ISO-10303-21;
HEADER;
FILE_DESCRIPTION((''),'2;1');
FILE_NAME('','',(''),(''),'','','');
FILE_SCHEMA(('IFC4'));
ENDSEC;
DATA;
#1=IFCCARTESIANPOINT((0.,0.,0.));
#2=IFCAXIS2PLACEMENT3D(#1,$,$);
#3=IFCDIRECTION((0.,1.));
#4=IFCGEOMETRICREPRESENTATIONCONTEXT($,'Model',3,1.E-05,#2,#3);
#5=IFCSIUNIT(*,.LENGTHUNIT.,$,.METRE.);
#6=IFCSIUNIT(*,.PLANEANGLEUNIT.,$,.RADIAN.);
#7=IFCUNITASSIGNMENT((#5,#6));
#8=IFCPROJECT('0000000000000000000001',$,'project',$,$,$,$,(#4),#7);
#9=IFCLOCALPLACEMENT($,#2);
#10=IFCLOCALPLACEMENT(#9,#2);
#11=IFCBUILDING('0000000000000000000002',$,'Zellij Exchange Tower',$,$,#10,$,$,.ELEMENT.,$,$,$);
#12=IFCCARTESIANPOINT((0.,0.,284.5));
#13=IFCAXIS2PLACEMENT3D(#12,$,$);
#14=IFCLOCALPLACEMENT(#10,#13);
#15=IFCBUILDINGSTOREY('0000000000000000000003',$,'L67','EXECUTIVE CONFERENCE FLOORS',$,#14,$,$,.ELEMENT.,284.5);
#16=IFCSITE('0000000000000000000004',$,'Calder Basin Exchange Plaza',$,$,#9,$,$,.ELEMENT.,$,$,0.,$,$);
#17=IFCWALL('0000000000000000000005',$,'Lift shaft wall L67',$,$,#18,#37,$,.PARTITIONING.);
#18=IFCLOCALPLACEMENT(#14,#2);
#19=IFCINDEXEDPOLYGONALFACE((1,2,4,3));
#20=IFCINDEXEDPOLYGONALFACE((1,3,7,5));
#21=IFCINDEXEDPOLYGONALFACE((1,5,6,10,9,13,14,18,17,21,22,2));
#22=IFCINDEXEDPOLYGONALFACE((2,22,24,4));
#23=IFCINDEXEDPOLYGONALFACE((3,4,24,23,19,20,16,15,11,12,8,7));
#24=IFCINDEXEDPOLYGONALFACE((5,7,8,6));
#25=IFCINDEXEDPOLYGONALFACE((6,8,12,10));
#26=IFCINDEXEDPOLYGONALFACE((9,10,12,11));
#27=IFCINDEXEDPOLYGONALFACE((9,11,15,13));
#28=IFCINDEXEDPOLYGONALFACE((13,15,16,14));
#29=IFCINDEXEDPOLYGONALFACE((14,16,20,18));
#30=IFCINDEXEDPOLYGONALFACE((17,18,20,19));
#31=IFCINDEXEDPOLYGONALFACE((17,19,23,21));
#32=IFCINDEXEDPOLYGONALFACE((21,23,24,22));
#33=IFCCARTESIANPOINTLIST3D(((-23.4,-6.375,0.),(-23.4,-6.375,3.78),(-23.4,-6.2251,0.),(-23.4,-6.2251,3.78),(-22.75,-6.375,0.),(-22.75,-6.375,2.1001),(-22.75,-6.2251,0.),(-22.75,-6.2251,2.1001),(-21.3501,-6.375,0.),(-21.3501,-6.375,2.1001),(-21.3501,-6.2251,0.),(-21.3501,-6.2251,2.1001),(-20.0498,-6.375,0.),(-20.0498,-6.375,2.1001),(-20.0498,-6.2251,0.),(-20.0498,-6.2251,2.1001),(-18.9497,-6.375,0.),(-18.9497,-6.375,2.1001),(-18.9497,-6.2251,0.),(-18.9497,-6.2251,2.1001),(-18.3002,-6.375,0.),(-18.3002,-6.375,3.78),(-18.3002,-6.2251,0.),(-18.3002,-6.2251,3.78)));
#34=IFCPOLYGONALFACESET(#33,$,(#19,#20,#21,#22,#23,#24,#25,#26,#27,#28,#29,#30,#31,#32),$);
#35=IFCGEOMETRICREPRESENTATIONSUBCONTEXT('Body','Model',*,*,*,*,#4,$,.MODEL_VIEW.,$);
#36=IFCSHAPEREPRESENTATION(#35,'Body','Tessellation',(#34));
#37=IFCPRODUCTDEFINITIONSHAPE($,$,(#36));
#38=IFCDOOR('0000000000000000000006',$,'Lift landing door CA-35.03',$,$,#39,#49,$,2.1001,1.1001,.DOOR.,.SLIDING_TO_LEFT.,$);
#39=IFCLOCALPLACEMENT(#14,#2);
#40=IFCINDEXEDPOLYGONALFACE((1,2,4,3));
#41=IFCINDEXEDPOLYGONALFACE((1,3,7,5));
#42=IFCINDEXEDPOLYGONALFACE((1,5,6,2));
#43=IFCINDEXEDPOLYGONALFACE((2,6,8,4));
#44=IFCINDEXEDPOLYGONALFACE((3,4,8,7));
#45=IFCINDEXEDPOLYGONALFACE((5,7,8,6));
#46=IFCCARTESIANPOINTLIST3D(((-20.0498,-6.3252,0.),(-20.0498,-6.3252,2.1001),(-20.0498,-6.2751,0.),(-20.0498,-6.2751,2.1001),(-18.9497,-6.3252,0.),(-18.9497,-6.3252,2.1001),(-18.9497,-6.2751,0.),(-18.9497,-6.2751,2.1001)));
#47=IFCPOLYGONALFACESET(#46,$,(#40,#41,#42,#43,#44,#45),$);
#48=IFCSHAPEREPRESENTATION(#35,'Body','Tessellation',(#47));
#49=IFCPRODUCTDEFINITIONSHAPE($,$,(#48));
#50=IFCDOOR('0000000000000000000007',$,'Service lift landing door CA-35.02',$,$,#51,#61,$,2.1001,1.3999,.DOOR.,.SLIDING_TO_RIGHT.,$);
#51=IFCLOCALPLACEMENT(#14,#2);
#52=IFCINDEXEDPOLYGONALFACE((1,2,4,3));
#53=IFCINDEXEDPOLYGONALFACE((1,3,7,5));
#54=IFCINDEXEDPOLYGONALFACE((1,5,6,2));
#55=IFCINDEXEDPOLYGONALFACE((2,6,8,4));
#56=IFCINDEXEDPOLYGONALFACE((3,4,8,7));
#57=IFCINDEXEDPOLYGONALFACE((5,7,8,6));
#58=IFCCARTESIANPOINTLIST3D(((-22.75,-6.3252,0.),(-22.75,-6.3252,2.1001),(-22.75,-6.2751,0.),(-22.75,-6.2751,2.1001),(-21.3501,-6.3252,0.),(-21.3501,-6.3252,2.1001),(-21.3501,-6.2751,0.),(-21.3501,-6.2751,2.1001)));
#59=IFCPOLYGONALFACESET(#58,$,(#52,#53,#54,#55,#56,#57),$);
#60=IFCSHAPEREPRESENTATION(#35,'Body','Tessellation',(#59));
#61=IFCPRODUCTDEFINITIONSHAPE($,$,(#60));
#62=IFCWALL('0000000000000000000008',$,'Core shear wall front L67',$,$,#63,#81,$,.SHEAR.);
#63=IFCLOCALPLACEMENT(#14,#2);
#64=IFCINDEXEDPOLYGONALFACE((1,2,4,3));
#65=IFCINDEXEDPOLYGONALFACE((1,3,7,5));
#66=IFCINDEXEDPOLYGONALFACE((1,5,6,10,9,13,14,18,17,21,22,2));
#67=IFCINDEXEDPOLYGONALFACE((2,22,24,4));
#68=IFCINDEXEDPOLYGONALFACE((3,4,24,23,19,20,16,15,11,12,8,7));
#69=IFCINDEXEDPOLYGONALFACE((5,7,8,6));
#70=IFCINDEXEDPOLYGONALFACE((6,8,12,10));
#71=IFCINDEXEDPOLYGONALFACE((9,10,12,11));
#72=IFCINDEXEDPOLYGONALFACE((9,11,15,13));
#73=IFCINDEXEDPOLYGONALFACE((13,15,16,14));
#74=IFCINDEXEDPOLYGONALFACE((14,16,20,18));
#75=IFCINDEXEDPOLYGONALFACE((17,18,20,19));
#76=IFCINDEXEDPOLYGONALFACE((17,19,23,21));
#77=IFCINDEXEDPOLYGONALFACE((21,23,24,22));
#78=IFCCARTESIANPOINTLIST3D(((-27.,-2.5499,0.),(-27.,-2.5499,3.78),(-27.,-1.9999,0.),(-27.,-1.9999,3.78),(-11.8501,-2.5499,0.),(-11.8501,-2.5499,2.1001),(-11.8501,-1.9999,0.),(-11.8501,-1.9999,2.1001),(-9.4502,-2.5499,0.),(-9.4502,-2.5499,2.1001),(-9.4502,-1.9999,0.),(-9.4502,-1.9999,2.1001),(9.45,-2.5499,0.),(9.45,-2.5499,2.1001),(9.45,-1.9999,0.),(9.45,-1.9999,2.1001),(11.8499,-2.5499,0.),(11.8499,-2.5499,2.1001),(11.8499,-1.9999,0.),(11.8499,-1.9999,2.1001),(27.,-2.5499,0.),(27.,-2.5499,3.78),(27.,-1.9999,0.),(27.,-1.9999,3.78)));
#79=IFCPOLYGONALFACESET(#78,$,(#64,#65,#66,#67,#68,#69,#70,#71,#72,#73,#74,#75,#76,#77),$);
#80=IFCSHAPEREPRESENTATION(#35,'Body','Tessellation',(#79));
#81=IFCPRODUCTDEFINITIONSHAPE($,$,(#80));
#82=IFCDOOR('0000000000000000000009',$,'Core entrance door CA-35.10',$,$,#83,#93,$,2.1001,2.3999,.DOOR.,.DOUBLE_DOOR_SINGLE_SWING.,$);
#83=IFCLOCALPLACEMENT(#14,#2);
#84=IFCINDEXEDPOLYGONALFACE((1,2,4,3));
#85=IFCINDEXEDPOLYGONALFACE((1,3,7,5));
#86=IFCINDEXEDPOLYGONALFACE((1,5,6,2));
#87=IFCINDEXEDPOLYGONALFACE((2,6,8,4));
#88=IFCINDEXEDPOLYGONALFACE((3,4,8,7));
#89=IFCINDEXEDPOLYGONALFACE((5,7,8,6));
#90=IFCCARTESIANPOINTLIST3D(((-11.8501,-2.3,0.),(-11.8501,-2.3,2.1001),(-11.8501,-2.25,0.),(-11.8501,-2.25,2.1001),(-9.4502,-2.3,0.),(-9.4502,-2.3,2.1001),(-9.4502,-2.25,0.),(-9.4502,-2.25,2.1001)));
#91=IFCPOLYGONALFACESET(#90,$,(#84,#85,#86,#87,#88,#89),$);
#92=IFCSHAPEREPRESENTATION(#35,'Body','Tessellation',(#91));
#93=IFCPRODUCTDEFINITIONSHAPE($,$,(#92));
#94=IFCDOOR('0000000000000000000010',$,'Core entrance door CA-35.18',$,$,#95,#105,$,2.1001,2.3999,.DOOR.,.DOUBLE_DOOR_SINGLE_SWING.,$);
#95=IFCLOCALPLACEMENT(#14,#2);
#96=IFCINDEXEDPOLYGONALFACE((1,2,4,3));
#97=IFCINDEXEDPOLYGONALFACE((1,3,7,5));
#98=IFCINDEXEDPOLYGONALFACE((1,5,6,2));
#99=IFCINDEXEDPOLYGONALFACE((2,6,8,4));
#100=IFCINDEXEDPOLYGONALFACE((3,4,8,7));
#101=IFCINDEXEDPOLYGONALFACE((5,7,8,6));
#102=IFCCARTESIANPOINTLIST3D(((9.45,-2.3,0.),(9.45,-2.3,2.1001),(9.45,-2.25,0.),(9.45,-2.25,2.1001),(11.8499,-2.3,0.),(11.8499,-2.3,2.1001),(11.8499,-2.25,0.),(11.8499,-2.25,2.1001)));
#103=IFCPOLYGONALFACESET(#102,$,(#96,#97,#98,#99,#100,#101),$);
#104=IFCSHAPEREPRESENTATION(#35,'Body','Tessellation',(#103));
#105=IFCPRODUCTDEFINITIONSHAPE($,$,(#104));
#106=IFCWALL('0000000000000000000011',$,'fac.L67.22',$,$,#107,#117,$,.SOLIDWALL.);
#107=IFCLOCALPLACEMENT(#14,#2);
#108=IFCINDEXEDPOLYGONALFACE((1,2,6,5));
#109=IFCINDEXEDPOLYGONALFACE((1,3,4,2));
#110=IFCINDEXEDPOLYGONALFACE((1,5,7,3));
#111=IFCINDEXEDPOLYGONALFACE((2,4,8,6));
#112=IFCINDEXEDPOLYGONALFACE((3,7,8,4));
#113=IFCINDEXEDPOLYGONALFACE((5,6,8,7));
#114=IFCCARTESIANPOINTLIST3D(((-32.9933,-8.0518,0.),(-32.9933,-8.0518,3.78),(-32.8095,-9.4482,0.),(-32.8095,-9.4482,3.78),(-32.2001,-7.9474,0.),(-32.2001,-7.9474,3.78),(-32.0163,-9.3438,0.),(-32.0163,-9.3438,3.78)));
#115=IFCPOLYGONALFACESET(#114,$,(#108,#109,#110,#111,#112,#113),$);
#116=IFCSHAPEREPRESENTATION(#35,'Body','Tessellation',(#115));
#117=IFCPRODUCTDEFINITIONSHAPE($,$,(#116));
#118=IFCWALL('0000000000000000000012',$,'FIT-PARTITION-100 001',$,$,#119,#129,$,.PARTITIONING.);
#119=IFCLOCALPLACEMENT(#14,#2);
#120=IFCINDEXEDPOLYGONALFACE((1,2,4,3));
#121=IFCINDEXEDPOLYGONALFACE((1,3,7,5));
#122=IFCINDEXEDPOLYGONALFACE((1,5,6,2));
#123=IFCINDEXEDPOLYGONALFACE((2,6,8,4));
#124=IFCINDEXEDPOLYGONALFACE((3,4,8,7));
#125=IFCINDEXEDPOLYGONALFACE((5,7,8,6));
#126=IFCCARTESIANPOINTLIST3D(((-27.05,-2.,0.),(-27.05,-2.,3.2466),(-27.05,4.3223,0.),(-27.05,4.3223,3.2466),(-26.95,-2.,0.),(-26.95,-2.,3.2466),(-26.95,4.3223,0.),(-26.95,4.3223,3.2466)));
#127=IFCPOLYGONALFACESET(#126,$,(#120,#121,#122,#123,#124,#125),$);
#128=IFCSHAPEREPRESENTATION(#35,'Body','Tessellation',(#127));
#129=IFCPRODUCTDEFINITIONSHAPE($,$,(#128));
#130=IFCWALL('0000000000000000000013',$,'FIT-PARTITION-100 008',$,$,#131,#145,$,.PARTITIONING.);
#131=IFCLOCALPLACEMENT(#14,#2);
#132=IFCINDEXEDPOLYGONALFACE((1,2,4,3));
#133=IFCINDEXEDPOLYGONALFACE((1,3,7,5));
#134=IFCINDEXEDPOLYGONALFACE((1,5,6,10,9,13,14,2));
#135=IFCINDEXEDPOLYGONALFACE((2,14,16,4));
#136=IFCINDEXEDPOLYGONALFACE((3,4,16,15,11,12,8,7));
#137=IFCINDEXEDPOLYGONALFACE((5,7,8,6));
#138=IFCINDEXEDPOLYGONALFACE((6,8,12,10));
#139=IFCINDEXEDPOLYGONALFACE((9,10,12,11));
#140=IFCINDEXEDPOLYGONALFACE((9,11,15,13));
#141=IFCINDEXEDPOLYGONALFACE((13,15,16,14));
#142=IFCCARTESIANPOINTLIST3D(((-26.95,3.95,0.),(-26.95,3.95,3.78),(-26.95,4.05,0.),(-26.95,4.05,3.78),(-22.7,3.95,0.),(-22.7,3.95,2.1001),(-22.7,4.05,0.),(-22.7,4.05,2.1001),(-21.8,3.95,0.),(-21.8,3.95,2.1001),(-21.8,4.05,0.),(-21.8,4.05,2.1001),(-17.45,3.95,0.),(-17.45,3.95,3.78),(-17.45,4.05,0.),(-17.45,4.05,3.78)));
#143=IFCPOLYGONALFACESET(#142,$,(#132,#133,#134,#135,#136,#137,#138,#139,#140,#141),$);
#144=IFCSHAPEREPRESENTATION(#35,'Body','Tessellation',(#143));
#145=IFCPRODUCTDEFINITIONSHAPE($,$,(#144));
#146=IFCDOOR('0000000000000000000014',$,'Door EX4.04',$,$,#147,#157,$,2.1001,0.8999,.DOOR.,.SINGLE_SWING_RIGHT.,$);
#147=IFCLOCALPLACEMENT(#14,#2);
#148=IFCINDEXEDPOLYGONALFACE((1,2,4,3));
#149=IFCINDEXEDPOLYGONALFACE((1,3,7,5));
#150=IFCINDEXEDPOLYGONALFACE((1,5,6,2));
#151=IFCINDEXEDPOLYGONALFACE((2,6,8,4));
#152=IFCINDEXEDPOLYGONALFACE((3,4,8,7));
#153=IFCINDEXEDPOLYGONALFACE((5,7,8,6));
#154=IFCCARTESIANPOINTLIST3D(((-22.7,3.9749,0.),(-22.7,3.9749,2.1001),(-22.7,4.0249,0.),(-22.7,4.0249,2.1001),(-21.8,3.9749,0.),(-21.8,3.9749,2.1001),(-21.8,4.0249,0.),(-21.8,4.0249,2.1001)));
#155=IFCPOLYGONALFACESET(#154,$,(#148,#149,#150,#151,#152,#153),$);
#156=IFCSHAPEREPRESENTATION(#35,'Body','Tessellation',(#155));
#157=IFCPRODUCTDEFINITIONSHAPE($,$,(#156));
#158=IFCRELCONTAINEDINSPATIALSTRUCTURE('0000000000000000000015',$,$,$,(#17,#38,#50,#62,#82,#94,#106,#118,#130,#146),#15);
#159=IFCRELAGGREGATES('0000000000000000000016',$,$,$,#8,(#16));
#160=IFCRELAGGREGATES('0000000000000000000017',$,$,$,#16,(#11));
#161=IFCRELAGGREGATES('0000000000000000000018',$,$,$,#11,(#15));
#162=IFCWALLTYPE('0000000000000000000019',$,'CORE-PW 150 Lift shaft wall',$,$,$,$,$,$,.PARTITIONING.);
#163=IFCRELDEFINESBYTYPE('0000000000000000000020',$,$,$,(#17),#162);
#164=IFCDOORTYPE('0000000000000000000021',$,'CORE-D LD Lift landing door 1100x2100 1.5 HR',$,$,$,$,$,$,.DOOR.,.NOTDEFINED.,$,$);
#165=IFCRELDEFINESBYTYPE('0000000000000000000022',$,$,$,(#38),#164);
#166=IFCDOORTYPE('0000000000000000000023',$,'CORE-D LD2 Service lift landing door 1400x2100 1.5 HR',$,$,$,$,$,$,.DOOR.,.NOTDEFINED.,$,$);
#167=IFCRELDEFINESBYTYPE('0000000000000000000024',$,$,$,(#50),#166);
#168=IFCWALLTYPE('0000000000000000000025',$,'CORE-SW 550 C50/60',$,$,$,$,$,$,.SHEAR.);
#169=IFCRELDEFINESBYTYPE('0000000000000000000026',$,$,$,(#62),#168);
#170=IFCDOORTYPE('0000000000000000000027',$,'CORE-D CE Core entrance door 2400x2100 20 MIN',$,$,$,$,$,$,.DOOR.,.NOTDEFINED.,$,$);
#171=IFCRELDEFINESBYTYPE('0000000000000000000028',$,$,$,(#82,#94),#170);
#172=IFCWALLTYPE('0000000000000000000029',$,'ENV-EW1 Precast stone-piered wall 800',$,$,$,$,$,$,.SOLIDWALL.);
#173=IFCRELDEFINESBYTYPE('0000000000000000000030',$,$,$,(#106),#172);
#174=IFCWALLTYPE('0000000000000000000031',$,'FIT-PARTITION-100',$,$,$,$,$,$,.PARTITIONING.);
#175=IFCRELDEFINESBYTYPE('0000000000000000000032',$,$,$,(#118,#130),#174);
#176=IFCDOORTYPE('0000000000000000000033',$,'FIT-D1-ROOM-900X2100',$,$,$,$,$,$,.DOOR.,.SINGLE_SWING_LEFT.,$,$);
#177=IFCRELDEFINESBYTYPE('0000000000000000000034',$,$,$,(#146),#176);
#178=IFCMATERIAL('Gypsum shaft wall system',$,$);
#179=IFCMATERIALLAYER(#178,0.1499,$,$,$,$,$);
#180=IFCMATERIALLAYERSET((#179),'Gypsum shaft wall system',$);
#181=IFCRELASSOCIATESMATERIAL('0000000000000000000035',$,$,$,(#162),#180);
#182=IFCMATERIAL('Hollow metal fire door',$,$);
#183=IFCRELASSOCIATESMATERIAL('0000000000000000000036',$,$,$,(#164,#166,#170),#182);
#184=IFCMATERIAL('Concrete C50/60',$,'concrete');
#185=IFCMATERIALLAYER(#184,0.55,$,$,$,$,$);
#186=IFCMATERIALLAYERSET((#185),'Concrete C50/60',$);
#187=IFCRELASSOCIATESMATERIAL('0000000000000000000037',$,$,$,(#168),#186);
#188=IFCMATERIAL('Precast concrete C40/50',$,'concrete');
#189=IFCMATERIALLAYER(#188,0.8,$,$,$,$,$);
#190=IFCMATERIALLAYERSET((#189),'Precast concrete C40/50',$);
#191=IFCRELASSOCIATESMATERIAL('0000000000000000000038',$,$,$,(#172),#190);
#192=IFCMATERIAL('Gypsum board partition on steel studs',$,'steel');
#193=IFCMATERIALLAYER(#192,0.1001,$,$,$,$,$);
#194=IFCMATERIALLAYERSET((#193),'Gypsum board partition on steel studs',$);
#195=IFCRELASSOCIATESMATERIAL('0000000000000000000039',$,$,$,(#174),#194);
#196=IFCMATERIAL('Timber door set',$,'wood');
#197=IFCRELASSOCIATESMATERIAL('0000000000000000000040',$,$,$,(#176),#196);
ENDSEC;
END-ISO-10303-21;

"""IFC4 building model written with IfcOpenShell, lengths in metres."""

from ifc_helpers import new_model, si_unit, direction, frame, frame_2d, origin, place, context, subcontext, project, spatial, rectangle, extrude, material, layer, layer_set, type_object, element, fill, save


model = new_model("IFC4")

# Units and contexts
model_context = context("Model", 3, precision=1e-05, world=origin(), true_north=direction((0.0, 1.0)))
body_context = subcontext(model_context, "Body", "Model", "MODEL_VIEW")
ifc_project = project(units=[si_unit("LENGTHUNIT", "METRE"), si_unit("PLANEANGLEUNIT", "RADIAN")], contexts=[model_context])

# Site, building, storey
site_placement = place(None, origin())
site = spatial("IfcSite", under=ifc_project, at=site_placement, Name="Calder Basin Exchange Plaza", CompositionType="ELEMENT", RefElevation=0.0)
building_placement = place(site_placement, origin())
building = spatial("IfcBuilding", under=site, at=building_placement, Name="Zellij Exchange Tower", CompositionType="ELEMENT")
storey_placement = place(building_placement, frame((0.0, 0.0, 284.5)))
storey = spatial("IfcBuildingStorey", under=building, at=storey_placement, Name="L67", Description="EXECUTIVE CONFERENCE FLOORS", CompositionType="ELEMENT", Elevation=284.5)

# Shared definitions
ifc_material_1 = material(Name="Concrete C50/60", Category="concrete")

# Shared definitions
ifc_material_2 = material(Name="Gypsum shaft wall system")
ifc_layer_1 = layer(ifc_material_2, 0.1499)
ifc_layer_set_1 = layer_set([ifc_layer_1], Name="Gypsum shaft wall system")
wall_type_1 = type_object("IfcWallType", Name="CORE-PW 150 Lift shaft wall", PredefinedType="PARTITIONING", material=ifc_layer_set_1)

# Walls, openings, doors
wall_1_placement = place(storey_placement, frame((-23.3999, -6.3, 0.0), z_axis=(0.0, 0.0, 1.0), x_axis=(1.0, 0.0, 0.0)))
wall_1 = element("IfcWall", 1, at=wall_1_placement, inside=storey, type_object=wall_type_1, Name="Lift shaft wall L67", PredefinedType="PARTITIONING", context=body_context, shape_type="SweptSolid", body=[
    extrude(rectangle(XDim=5.0999, YDim=0.1499, at=frame_2d((2.5498, 0.0))), origin(), (0.0, 0.0, 1.0), 3.78),
])
opening_1_placement = place(wall_1_placement, frame((0.6499, 0.0, 0.0)))
opening_1 = element("IfcOpeningElement", 2, at=opening_1_placement, cuts=wall_1, PredefinedType="OPENING", context=body_context, shape_type="SweptSolid", body=[
    extrude(rectangle(XDim=1.3999, YDim=2.1001, at=frame_2d((0.7, 1.05))), frame((0.0, 0.0869, 0.0), z_axis=(0.0, -1.0, 0.0), x_axis=(1.0, 0.0, 0.0)), (0.0, 0.0, 1.0), 0.1738),
])
opening_2_placement = place(wall_1_placement, frame((3.3501, 0.0, 0.0)))
opening_2 = element("IfcOpeningElement", 3, at=opening_2_placement, cuts=wall_1, PredefinedType="OPENING", context=body_context, shape_type="SweptSolid", body=[
    extrude(rectangle(XDim=1.1001, YDim=2.1001, at=frame_2d((0.55, 1.05))), frame((0.0, 0.0869, 0.0), z_axis=(0.0, -1.0, 0.0), x_axis=(1.0, 0.0, 0.0)), (0.0, 0.0, 1.0), 0.1738),
])
ifc_material_3 = material(Name="Hollow metal fire door")
door_type_1 = type_object("IfcDoorType", Name="CORE-D LD Lift landing door 1100x2100 1.5 HR", OperationType="NOTDEFINED", PredefinedType="DOOR", material=ifc_material_3)
door_1_placement = place(opening_2_placement, origin())
door_1 = element("IfcDoor", 4, at=door_1_placement, inside=storey, type_object=door_type_1, Name="Lift landing door CA-35.03", OperationType="SLIDING_TO_LEFT", OverallHeight=2.1001, OverallWidth=1.1001, PredefinedType="DOOR", context=body_context, shape_type="SweptSolid", body=[
    extrude(rectangle(XDim=1.1001, YDim=2.1001, at=frame_2d((0.55, 1.05))), frame((0.0, 0.0249, 0.0), z_axis=(0.0, -1.0, 0.0), x_axis=(1.0, 0.0, 0.0)), (0.0, 0.0, 1.0), 0.05),
])
fill(opening_2, door_1)
door_type_2 = type_object("IfcDoorType", Name="CORE-D LD2 Service lift landing door 1400x2100 1.5 HR", OperationType="NOTDEFINED", PredefinedType="DOOR", material=ifc_material_3)
door_2_placement = place(opening_1_placement, origin())
door_2 = element("IfcDoor", 5, at=door_2_placement, inside=storey, type_object=door_type_2, Name="Service lift landing door CA-35.02", OperationType="SLIDING_TO_RIGHT", OverallHeight=2.1001, OverallWidth=1.3999, PredefinedType="DOOR", context=body_context, shape_type="SweptSolid", body=[
    extrude(rectangle(XDim=1.3999, YDim=2.1001, at=frame_2d((0.7, 1.05))), frame((0.0, 0.0249, 0.0), z_axis=(0.0, -1.0, 0.0), x_axis=(1.0, 0.0, 0.0)), (0.0, 0.0, 1.0), 0.05),
])
fill(opening_1, door_2)
ifc_layer_2 = layer(ifc_material_1, 0.55)
ifc_layer_set_2 = layer_set([ifc_layer_2], Name="Concrete C50/60")
wall_type_2 = type_object("IfcWallType", Name="CORE-SW 550 C50/60", PredefinedType="SHEAR", material=ifc_layer_set_2)
wall_2_placement = place(storey_placement, frame((-27.0, -2.2749, 0.0), z_axis=(0.0, 0.0, 1.0), x_axis=(1.0, 0.0, 0.0)))
wall_2 = element("IfcWall", 6, at=wall_2_placement, inside=storey, type_object=wall_type_2, Name="Core shear wall front L67", PredefinedType="SHEAR", context=body_context, shape_type="SweptSolid", body=[
    extrude(rectangle(XDim=54.0, YDim=0.55, at=frame_2d((27.0, 0.0))), origin(), (0.0, 0.0, 1.0), 3.78),
])
opening_3_placement = place(wall_2_placement, frame((15.1499, 0.0, 0.0)))
opening_3 = element("IfcOpeningElement", 7, at=opening_3_placement, cuts=wall_2, PredefinedType="OPENING", context=body_context, shape_type="SweptSolid", body=[
    extrude(rectangle(XDim=2.3999, YDim=2.1001, at=frame_2d((1.2, 1.05))), frame((0.0, 0.2871, 0.0), z_axis=(0.0, -1.0, 0.0), x_axis=(1.0, 0.0, 0.0)), (0.0, 0.0, 1.0), 0.574),
])
opening_4_placement = place(wall_2_placement, frame((36.45, 0.0, 0.0)))
opening_4 = element("IfcOpeningElement", 8, at=opening_4_placement, cuts=wall_2, PredefinedType="OPENING", context=body_context, shape_type="SweptSolid", body=[
    extrude(rectangle(XDim=2.3999, YDim=2.1001, at=frame_2d((1.2, 1.05))), frame((0.0, 0.2871, 0.0), z_axis=(0.0, -1.0, 0.0), x_axis=(1.0, 0.0, 0.0)), (0.0, 0.0, 1.0), 0.574),
])
door_type_3 = type_object("IfcDoorType", Name="CORE-D CE Core entrance door 2400x2100 20 MIN", OperationType="NOTDEFINED", PredefinedType="DOOR", material=ifc_material_3)
door_3_placement = place(opening_3_placement, origin())
door_3 = element("IfcDoor", 9, at=door_3_placement, inside=storey, type_object=door_type_3, Name="Core entrance door CA-35.10", OperationType="DOUBLE_DOOR_SINGLE_SWING", OverallHeight=2.1001, OverallWidth=2.3999, PredefinedType="DOOR", context=body_context, shape_type="SweptSolid", body=[
    extrude(rectangle(XDim=2.3999, YDim=2.1001, at=frame_2d((1.2, 1.05))), frame((0.0, 0.0249, 0.0), z_axis=(0.0, -1.0, 0.0), x_axis=(1.0, 0.0, 0.0)), (0.0, 0.0, 1.0), 0.05),
])
fill(opening_3, door_3)
door_4_placement = place(opening_4_placement, origin())
door_4 = element("IfcDoor", 10, at=door_4_placement, inside=storey, type_object=door_type_3, Name="Core entrance door CA-35.18", OperationType="DOUBLE_DOOR_SINGLE_SWING", OverallHeight=2.1001, OverallWidth=2.3999, PredefinedType="DOOR", context=body_context, shape_type="SweptSolid", body=[
    extrude(rectangle(XDim=2.3999, YDim=2.1001, at=frame_2d((1.2, 1.05))), frame((0.0, 0.0249, 0.0), z_axis=(0.0, -1.0, 0.0), x_axis=(1.0, 0.0, 0.0)), (0.0, 0.0, 1.0), 0.05),
])
fill(opening_4, door_4)

# Walls
ifc_material_4 = material(Name="Precast concrete C40/50", Category="concrete")
ifc_layer_3 = layer(ifc_material_4, 0.8)
ifc_layer_set_3 = layer_set([ifc_layer_3], Name="Precast concrete C40/50")
wall_type_3 = type_object("IfcWallType", Name="ENV-EW1 Precast stone-piered wall 800", PredefinedType="SOLIDWALL", material=ifc_layer_set_3)
wall_3_placement = place(storey_placement, frame((-32.5967, -7.9998, 0.0), z_axis=(0.0, 0.0, 1.0), x_axis=(0.130517, -0.991446, 0.0)))
element("IfcWall", 11, at=wall_3_placement, inside=storey, type_object=wall_type_3, Name="fac.L67.22", PredefinedType="SOLIDWALL", context=body_context, shape_type="SweptSolid", body=[
    extrude(rectangle(XDim=1.4084, YDim=0.8, at=frame_2d((0.7041, 0.0))), origin(), (0.0, 0.0, 1.0), 3.78),
])
ifc_material_5 = material(Name="Gypsum board partition on steel studs", Category="steel")
ifc_layer_4 = layer(ifc_material_5, 0.1001)
ifc_layer_set_4 = layer_set([ifc_layer_4], Name="Gypsum board partition on steel studs")
wall_type_4 = type_object("IfcWallType", Name="FIT-PARTITION-100", PredefinedType="PARTITIONING", material=ifc_layer_set_4)
wall_4_placement = place(storey_placement, frame((-27.0, -2.0, 0.0), z_axis=(0.0, 0.0, 1.0), x_axis=(0.0, 1.0, 0.0)))
element("IfcWall", 12, at=wall_4_placement, inside=storey, type_object=wall_type_4, Name="FIT-PARTITION-100 001", PredefinedType="PARTITIONING", context=body_context, shape_type="SweptSolid", body=[
    extrude(rectangle(XDim=6.3223, YDim=0.1001, at=frame_2d((3.1611, 0.0))), origin(), (0.0, 0.0, 1.0), 3.2466),
])

# Wall, opening, door
wall_5_placement = place(storey_placement, frame((-26.95, 4.0, 0.0), z_axis=(0.0, 0.0, 1.0), x_axis=(1.0, 0.0, 0.0)))
wall_5 = element("IfcWall", 13, at=wall_5_placement, inside=storey, type_object=wall_type_4, Name="FIT-PARTITION-100 008", PredefinedType="PARTITIONING", context=body_context, shape_type="SweptSolid", body=[
    extrude(rectangle(XDim=9.5, YDim=0.1001, at=frame_2d((4.75, 0.0))), origin(), (0.0, 0.0, 1.0), 3.78),
])
opening_5_placement = place(wall_5_placement, frame((4.25, 0.0, 0.0)))
opening_5 = element("IfcOpeningElement", 14, at=opening_5_placement, cuts=wall_5, PredefinedType="OPENING", context=body_context, shape_type="SweptSolid", body=[
    extrude(rectangle(XDim=0.8999, YDim=2.1001, at=frame_2d((0.45, 1.05))), frame((0.0, 0.062, 0.0), z_axis=(0.0, -1.0, 0.0), x_axis=(1.0, 0.0, 0.0)), (0.0, 0.0, 1.0), 0.124),
])
ifc_material_6 = material(Name="Timber door set", Category="wood")
door_type_4 = type_object("IfcDoorType", Name="FIT-D1-ROOM-900X2100", OperationType="SINGLE_SWING_LEFT", PredefinedType="DOOR", material=ifc_material_6)
door_5_placement = place(opening_5_placement, origin())
door_5 = element("IfcDoor", 15, at=door_5_placement, inside=storey, type_object=door_type_4, Name="Door EX4.04", OperationType="SINGLE_SWING_RIGHT", OverallHeight=2.1001, OverallWidth=0.8999, PredefinedType="DOOR", context=body_context, shape_type="SweptSolid", body=[
    extrude(rectangle(XDim=0.8999, YDim=2.1001, at=frame_2d((0.45, 1.05))), frame((0.0, 0.0249, 0.0), z_axis=(0.0, -1.0, 0.0), x_axis=(1.0, 0.0, 0.0)), (0.0, 0.0, 1.0), 0.05),
])
fill(opening_5, door_5)

save(model, "model.ifc")
